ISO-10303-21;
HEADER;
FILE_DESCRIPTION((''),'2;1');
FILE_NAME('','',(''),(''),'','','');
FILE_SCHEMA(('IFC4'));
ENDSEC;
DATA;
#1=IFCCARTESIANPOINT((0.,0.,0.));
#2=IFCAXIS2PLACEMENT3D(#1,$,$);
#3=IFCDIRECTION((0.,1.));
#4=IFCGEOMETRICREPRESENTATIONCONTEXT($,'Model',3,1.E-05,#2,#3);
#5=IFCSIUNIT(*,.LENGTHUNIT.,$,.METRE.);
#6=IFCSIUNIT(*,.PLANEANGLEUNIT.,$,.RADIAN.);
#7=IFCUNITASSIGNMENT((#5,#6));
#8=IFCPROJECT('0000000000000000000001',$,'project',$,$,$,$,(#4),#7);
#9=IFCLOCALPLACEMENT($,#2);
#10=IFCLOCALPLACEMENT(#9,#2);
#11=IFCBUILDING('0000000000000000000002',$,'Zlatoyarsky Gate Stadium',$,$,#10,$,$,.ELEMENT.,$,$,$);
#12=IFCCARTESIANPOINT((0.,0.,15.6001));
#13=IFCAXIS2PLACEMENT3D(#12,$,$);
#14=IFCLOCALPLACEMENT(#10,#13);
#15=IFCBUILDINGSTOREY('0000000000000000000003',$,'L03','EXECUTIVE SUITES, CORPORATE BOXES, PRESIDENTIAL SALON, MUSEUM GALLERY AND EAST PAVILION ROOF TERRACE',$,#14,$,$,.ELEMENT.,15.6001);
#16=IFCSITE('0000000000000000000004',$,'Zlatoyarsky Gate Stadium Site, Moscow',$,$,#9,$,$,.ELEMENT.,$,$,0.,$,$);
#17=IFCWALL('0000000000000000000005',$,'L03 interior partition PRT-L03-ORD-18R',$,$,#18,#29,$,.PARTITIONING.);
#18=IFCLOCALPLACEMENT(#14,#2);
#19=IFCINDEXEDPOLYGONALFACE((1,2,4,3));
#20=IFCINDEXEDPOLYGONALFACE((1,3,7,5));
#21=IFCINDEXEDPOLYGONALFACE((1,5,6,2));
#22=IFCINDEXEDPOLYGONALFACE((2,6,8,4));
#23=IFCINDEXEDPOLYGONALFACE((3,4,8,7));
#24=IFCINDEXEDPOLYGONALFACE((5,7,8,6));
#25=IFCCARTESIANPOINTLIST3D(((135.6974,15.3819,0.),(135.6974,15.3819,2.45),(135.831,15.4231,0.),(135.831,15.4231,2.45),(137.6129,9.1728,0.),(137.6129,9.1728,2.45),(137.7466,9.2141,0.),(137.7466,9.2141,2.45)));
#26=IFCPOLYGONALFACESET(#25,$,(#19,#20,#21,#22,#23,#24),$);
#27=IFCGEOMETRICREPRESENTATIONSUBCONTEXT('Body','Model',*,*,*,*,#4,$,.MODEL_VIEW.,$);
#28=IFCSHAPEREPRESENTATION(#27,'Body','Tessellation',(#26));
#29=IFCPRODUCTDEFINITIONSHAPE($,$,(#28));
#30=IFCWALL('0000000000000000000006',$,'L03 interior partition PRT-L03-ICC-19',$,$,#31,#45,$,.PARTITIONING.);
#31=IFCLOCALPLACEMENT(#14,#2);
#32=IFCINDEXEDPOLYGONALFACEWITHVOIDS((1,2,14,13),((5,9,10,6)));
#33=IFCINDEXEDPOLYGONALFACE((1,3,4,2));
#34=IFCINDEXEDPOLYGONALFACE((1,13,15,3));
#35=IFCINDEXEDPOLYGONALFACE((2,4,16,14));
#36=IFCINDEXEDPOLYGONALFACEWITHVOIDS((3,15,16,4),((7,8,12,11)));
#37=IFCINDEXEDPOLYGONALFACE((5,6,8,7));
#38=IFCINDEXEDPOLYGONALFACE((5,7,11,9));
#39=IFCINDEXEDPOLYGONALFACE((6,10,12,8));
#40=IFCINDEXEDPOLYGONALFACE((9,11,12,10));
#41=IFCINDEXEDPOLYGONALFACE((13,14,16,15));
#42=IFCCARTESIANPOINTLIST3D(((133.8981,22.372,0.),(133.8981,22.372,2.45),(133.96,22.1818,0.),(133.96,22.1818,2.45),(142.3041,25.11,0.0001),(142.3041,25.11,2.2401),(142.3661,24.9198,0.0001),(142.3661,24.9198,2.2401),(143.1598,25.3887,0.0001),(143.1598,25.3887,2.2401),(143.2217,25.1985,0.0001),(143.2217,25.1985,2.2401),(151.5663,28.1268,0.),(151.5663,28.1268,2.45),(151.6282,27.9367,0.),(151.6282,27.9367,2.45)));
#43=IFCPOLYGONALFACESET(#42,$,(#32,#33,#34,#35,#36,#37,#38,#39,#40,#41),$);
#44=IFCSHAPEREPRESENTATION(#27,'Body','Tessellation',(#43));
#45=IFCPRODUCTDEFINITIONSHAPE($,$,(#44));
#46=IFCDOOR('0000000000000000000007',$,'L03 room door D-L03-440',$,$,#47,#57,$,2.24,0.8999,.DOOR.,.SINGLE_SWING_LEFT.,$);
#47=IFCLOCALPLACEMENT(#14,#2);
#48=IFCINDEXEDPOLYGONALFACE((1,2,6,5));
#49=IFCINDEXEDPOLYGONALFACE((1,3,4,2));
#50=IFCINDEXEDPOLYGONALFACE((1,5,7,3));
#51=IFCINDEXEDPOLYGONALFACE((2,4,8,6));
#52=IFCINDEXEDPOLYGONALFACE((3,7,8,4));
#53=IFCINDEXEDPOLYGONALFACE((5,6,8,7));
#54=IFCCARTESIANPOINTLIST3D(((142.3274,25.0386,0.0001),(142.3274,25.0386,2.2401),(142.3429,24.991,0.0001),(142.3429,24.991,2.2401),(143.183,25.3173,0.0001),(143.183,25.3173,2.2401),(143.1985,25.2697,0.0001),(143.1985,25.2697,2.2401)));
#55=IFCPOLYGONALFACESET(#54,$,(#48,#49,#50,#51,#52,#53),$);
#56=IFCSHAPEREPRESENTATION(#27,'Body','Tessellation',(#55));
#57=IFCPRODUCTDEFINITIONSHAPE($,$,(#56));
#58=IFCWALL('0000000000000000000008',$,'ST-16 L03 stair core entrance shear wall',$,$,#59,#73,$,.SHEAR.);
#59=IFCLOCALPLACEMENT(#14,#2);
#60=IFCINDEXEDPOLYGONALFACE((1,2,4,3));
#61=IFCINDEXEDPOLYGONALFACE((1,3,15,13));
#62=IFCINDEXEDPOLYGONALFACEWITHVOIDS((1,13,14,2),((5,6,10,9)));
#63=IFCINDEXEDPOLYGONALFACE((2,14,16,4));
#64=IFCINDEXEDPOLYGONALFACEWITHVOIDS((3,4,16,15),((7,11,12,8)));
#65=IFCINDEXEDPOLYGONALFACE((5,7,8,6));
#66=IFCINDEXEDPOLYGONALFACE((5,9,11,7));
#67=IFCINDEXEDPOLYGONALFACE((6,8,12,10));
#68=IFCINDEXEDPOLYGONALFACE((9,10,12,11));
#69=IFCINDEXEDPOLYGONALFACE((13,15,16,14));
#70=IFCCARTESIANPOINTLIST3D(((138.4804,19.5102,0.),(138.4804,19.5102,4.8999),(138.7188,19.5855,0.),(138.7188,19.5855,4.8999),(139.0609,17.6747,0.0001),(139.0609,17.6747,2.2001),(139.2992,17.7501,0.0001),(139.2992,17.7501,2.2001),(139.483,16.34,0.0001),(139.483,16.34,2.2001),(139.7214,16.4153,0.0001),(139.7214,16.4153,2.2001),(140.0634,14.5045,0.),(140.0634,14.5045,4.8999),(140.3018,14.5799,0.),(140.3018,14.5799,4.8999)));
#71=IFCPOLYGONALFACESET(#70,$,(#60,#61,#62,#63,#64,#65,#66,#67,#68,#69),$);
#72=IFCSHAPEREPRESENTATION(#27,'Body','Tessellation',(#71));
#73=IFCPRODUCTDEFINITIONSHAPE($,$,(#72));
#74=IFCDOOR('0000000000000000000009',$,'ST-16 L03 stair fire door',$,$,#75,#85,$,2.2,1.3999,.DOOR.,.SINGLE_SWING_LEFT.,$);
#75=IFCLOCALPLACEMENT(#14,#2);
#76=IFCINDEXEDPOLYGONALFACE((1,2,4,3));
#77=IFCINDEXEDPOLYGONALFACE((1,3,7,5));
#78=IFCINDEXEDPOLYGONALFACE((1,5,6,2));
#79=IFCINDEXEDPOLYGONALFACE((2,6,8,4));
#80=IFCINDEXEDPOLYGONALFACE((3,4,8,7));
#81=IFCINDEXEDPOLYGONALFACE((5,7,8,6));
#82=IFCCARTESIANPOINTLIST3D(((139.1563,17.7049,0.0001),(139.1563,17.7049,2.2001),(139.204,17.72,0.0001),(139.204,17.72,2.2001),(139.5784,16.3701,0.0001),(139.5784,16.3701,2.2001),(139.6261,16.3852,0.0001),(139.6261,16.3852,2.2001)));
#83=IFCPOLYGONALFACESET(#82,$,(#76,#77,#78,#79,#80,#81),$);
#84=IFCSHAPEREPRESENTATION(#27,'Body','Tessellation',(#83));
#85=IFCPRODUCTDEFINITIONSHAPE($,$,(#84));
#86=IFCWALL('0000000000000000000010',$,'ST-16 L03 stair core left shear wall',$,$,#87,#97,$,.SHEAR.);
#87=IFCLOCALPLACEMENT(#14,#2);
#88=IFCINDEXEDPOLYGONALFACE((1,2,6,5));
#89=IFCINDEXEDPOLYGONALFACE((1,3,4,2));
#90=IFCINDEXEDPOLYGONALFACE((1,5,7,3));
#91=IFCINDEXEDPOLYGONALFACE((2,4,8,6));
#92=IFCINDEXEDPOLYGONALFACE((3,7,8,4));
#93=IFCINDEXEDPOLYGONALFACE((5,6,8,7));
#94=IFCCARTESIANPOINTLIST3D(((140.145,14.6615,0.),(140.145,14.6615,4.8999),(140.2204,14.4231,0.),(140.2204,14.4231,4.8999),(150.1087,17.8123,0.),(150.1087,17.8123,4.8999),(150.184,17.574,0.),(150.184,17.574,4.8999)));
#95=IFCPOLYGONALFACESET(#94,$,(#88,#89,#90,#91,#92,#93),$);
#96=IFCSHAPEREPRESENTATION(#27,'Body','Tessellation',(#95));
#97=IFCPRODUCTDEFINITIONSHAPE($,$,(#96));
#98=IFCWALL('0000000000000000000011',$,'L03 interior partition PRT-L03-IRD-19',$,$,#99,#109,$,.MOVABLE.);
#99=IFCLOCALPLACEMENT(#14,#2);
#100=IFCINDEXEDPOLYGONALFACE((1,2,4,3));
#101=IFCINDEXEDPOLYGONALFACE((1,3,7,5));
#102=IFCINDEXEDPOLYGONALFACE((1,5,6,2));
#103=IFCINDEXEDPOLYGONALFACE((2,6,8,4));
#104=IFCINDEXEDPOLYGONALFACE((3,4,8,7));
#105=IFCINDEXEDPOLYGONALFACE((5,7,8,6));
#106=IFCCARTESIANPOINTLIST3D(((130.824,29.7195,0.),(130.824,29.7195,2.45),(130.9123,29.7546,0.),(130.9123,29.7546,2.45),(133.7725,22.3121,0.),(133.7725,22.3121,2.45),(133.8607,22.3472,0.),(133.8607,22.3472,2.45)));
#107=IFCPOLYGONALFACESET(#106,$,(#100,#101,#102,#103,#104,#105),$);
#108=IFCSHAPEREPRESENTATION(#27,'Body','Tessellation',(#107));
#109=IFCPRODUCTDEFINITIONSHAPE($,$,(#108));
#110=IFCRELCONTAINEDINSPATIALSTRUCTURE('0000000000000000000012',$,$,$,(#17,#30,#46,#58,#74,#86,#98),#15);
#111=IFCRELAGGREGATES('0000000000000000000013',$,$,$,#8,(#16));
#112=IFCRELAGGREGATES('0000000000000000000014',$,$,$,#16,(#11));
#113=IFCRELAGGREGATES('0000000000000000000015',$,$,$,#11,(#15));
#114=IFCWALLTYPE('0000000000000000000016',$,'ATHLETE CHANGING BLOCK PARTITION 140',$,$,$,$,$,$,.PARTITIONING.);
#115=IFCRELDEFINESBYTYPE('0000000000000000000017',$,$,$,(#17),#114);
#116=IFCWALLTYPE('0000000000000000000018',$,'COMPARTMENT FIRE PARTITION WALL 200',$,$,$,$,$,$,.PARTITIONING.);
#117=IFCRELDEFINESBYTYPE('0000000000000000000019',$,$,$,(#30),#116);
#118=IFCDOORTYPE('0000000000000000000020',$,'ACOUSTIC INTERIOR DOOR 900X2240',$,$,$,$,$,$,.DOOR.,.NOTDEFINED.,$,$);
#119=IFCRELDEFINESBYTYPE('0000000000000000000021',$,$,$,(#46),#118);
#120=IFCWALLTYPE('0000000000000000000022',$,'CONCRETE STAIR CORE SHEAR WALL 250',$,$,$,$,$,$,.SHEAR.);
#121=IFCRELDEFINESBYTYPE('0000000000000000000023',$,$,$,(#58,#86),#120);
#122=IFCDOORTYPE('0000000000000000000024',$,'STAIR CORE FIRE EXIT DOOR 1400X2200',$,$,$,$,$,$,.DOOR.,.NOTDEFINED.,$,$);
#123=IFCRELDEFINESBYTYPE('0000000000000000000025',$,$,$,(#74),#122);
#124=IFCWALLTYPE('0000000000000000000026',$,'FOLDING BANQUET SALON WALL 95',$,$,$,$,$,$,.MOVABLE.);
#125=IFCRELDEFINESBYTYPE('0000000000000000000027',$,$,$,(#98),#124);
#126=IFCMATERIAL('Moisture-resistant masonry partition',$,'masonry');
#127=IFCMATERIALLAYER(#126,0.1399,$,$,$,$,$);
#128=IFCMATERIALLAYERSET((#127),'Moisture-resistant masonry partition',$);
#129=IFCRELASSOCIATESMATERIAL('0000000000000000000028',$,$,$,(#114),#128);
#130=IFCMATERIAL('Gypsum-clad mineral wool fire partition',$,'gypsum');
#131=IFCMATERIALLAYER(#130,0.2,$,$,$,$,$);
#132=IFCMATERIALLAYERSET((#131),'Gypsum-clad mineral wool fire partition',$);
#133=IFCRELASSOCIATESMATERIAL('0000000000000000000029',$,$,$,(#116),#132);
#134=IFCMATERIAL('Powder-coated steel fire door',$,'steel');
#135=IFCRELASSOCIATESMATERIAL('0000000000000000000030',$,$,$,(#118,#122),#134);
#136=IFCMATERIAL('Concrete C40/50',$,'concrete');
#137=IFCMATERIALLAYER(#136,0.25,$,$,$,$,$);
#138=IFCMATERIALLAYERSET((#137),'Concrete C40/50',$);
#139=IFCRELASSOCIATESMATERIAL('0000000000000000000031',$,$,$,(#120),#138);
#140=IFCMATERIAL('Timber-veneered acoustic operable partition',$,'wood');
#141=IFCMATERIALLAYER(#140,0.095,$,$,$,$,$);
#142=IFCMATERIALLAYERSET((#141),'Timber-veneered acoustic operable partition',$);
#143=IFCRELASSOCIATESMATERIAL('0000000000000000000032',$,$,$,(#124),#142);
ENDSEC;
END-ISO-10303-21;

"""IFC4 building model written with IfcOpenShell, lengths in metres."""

from ifc_helpers import new_model, si_unit, direction, frame, frame_2d, origin, place, context, subcontext, project, spatial, rectangle, extrude, material, layer, layer_set, type_object, element, fill, save


model = new_model("IFC4")

# Units and contexts
model_context = context("Model", 3, precision=1e-05, world=origin(), true_north=direction((0.0, 1.0)))
body_context = subcontext(model_context, "Body", "Model", "MODEL_VIEW")
ifc_project = project(units=[si_unit("LENGTHUNIT", "METRE"), si_unit("PLANEANGLEUNIT", "RADIAN")], contexts=[model_context])

# Site, building, storey
site_placement = place(None, origin())
site = spatial("IfcSite", under=ifc_project, at=site_placement, Name="Zlatoyarsky Gate Stadium Site, Moscow", CompositionType="ELEMENT", RefElevation=0.0)
building_placement = place(site_placement, origin())
building = spatial("IfcBuilding", under=site, at=building_placement, Name="Zlatoyarsky Gate Stadium", CompositionType="ELEMENT")
storey_placement = place(building_placement, frame((0.0, 0.0, 15.6001)))
storey = spatial("IfcBuildingStorey", under=building, at=storey_placement, Name="L03", Description="EXECUTIVE SUITES, CORPORATE BOXES, PRESIDENTIAL SALON, MUSEUM GALLERY AND EAST PAVILION ROOF TERRACE", CompositionType="ELEMENT", Elevation=15.6001)

# Wall
ifc_material_1 = material(Name="Moisture-resistant masonry partition", Category="masonry")
ifc_layer_1 = layer(ifc_material_1, 0.1399)
ifc_layer_set_1 = layer_set([ifc_layer_1], Name="Moisture-resistant masonry partition")
wall_type_1 = type_object("IfcWallType", Name="ATHLETE CHANGING BLOCK PARTITION 140", PredefinedType="PARTITIONING", material=ifc_layer_set_1)
wall_1_placement = place(storey_placement, frame((135.7642, 15.4026, 0.0), z_axis=(0.0, 0.0, 1.0), x_axis=(0.294799, -0.955559, 0.0)))
element("IfcWall", 1, at=wall_1_placement, inside=storey, type_object=wall_type_1, Name="L03 interior partition PRT-L03-ORD-18R", PredefinedType="PARTITIONING", context=body_context, shape_type="SweptSolid", body=[
    extrude(rectangle(XDim=6.4978, YDim=0.1399, at=frame_2d((3.249, 0.0))), origin(), (0.0, 0.0, 1.0), 2.45),
])

# Walls, openings, doors
ifc_material_2 = material(Name="Gypsum-clad mineral wool fire partition", Category="gypsum")
ifc_layer_2 = layer(ifc_material_2, 0.2)
ifc_layer_set_2 = layer_set([ifc_layer_2], Name="Gypsum-clad mineral wool fire partition")
wall_type_2 = type_object("IfcWallType", Name="COMPARTMENT FIRE PARTITION WALL 200", PredefinedType="PARTITIONING", material=ifc_layer_set_2)
wall_2_placement = place(storey_placement, frame((133.929, 22.2769, 0.0), z_axis=(0.0, 0.0, 1.0), x_axis=(0.950833, 0.309705, 0.0)))
wall_2 = element("IfcWall", 2, at=wall_2_placement, inside=storey, type_object=wall_type_2, Name="L03 interior partition PRT-L03-ICC-19", PredefinedType="PARTITIONING", context=body_context, shape_type="SweptSolid", body=[
    extrude(rectangle(XDim=18.5818, YDim=0.2, at=frame_2d((9.291, 0.0))), origin(), (0.0, 0.0, 1.0), 2.45),
])
opening_1_placement = place(wall_2_placement, frame((8.8408, 0.0, 0.0)))
opening_1 = element("IfcOpeningElement", 3, at=opening_1_placement, cuts=wall_2, PredefinedType="OPENING", context=body_context, shape_type="SweptSolid", body=[
    extrude(rectangle(XDim=0.8999, YDim=2.24, at=frame_2d((0.45, 1.1201))), frame((0.0, 0.1099, 0.0), z_axis=(0.0, -1.0, 0.0), x_axis=(1.0, 0.0, 0.0)), (0.0, 0.0, 1.0), 0.22),
])
ifc_material_3 = material(Name="Powder-coated steel fire door", Category="steel")
door_type_1 = type_object("IfcDoorType", Name="ACOUSTIC INTERIOR DOOR 900X2240", OperationType="NOTDEFINED", PredefinedType="DOOR", material=ifc_material_3)
door_1_placement = place(opening_1_placement, origin())
door_1 = element("IfcDoor", 4, at=door_1_placement, inside=storey, type_object=door_type_1, Name="L03 room door D-L03-440", OperationType="SINGLE_SWING_LEFT", OverallHeight=2.24, OverallWidth=0.8999, PredefinedType="DOOR", context=body_context, shape_type="SweptSolid", body=[
    extrude(rectangle(XDim=0.8999, YDim=2.24, at=frame_2d((0.45, 1.1201))), frame((0.0, 0.0249, 0.0), z_axis=(0.0, -1.0, 0.0), x_axis=(1.0, 0.0, 0.0)), (0.0, 0.0, 1.0), 0.05),
])
fill(opening_1, door_1)
ifc_material_4 = material(Name="Concrete C40/50", Category="concrete")
ifc_layer_3 = layer(ifc_material_4, 0.25)
ifc_layer_set_3 = layer_set([ifc_layer_3], Name="Concrete C40/50")
wall_type_3 = type_object("IfcWallType", Name="CONCRETE STAIR CORE SHEAR WALL 250", PredefinedType="SHEAR", material=ifc_layer_set_3)
wall_3_placement = place(storey_placement, frame((138.5996, 19.5479, 0.0), z_axis=(0.0, 0.0, 1.0), x_axis=(0.301527, -0.953457, 0.0)))
wall_3 = element("IfcWall", 5, at=wall_3_placement, inside=storey, type_object=wall_type_3, Name="ST-16 L03 stair core entrance shear wall", PredefinedType="SHEAR", context=body_context, shape_type="SweptSolid", body=[
    extrude(rectangle(XDim=5.25, YDim=0.25, at=frame_2d((2.625, 0.0))), origin(), (0.0, 0.0, 1.0), 4.8999),
])
opening_2_placement = place(wall_3_placement, frame((1.925, 0.0, 0.0)))
opening_2 = element("IfcOpeningElement", 6, at=opening_2_placement, cuts=wall_3, PredefinedType="OPENING", context=body_context, shape_type="SweptSolid", body=[
    extrude(rectangle(XDim=1.3999, YDim=2.2, at=frame_2d((0.7, 1.1001))), frame((0.0, 0.135, 0.0), z_axis=(0.0, -1.0, 0.0), x_axis=(1.0, 0.0, 0.0)), (0.0, 0.0, 1.0), 0.27),
])
door_type_2 = type_object("IfcDoorType", Name="STAIR CORE FIRE EXIT DOOR 1400X2200", OperationType="NOTDEFINED", PredefinedType="DOOR", material=ifc_material_3)
door_2_placement = place(opening_2_placement, frame((1.3999, 0.0, 0.0), z_axis=(0.0, 0.0, 1.0), x_axis=(-1.0, 0.0, 0.0)))
door_2 = element("IfcDoor", 7, at=door_2_placement, inside=storey, type_object=door_type_2, Name="ST-16 L03 stair fire door", OperationType="SINGLE_SWING_LEFT", OverallHeight=2.2, OverallWidth=1.3999, PredefinedType="DOOR", context=body_context, shape_type="SweptSolid", body=[
    extrude(rectangle(XDim=1.3999, YDim=2.2, at=frame_2d((0.7, 1.1001))), frame((0.0, 0.0249, 0.0), z_axis=(0.0, -1.0, 0.0), x_axis=(1.0, 0.0, 0.0)), (0.0, 0.0, 1.0), 0.05),
])
fill(opening_2, door_2)

# Walls
wall_4_placement = place(storey_placement, frame((140.1826, 14.5422, 0.0), z_axis=(0.0, 0.0, 1.0), x_axis=(0.95346, 0.30152, 0.0)))
element("IfcWall", 8, at=wall_4_placement, inside=storey, type_object=wall_type_3, Name="ST-16 L03 stair core left shear wall", PredefinedType="SHEAR", context=body_context, shape_type="SweptSolid", body=[
    extrude(rectangle(XDim=10.45, YDim=0.25, at=frame_2d((5.2251, 0.0))), origin(), (0.0, 0.0, 1.0), 4.8999),
])
ifc_material_5 = material(Name="Timber-veneered acoustic operable partition", Category="wood")
ifc_layer_4 = layer(ifc_material_5, 0.095)
ifc_layer_set_4 = layer_set([ifc_layer_4], Name="Timber-veneered acoustic operable partition")
wall_type_4 = type_object("IfcWallType", Name="FOLDING BANQUET SALON WALL 95", PredefinedType="MOVABLE", material=ifc_layer_set_4)
wall_5_placement = place(storey_placement, frame((130.8682, 29.7371, 0.0), z_axis=(0.0, 0.0, 1.0), x_axis=(0.369822, -0.929103, 0.0)))
element("IfcWall", 9, at=wall_5_placement, inside=storey, type_object=wall_type_4, Name="L03 interior partition PRT-L03-IRD-19", PredefinedType="MOVABLE", context=body_context, shape_type="SweptSolid", body=[
    extrude(rectangle(XDim=7.9727, YDim=0.095, at=frame_2d((3.9863, 0.0))), origin(), (0.0, 0.0, 1.0), 2.45),
])

save(model, "model.ifc")
